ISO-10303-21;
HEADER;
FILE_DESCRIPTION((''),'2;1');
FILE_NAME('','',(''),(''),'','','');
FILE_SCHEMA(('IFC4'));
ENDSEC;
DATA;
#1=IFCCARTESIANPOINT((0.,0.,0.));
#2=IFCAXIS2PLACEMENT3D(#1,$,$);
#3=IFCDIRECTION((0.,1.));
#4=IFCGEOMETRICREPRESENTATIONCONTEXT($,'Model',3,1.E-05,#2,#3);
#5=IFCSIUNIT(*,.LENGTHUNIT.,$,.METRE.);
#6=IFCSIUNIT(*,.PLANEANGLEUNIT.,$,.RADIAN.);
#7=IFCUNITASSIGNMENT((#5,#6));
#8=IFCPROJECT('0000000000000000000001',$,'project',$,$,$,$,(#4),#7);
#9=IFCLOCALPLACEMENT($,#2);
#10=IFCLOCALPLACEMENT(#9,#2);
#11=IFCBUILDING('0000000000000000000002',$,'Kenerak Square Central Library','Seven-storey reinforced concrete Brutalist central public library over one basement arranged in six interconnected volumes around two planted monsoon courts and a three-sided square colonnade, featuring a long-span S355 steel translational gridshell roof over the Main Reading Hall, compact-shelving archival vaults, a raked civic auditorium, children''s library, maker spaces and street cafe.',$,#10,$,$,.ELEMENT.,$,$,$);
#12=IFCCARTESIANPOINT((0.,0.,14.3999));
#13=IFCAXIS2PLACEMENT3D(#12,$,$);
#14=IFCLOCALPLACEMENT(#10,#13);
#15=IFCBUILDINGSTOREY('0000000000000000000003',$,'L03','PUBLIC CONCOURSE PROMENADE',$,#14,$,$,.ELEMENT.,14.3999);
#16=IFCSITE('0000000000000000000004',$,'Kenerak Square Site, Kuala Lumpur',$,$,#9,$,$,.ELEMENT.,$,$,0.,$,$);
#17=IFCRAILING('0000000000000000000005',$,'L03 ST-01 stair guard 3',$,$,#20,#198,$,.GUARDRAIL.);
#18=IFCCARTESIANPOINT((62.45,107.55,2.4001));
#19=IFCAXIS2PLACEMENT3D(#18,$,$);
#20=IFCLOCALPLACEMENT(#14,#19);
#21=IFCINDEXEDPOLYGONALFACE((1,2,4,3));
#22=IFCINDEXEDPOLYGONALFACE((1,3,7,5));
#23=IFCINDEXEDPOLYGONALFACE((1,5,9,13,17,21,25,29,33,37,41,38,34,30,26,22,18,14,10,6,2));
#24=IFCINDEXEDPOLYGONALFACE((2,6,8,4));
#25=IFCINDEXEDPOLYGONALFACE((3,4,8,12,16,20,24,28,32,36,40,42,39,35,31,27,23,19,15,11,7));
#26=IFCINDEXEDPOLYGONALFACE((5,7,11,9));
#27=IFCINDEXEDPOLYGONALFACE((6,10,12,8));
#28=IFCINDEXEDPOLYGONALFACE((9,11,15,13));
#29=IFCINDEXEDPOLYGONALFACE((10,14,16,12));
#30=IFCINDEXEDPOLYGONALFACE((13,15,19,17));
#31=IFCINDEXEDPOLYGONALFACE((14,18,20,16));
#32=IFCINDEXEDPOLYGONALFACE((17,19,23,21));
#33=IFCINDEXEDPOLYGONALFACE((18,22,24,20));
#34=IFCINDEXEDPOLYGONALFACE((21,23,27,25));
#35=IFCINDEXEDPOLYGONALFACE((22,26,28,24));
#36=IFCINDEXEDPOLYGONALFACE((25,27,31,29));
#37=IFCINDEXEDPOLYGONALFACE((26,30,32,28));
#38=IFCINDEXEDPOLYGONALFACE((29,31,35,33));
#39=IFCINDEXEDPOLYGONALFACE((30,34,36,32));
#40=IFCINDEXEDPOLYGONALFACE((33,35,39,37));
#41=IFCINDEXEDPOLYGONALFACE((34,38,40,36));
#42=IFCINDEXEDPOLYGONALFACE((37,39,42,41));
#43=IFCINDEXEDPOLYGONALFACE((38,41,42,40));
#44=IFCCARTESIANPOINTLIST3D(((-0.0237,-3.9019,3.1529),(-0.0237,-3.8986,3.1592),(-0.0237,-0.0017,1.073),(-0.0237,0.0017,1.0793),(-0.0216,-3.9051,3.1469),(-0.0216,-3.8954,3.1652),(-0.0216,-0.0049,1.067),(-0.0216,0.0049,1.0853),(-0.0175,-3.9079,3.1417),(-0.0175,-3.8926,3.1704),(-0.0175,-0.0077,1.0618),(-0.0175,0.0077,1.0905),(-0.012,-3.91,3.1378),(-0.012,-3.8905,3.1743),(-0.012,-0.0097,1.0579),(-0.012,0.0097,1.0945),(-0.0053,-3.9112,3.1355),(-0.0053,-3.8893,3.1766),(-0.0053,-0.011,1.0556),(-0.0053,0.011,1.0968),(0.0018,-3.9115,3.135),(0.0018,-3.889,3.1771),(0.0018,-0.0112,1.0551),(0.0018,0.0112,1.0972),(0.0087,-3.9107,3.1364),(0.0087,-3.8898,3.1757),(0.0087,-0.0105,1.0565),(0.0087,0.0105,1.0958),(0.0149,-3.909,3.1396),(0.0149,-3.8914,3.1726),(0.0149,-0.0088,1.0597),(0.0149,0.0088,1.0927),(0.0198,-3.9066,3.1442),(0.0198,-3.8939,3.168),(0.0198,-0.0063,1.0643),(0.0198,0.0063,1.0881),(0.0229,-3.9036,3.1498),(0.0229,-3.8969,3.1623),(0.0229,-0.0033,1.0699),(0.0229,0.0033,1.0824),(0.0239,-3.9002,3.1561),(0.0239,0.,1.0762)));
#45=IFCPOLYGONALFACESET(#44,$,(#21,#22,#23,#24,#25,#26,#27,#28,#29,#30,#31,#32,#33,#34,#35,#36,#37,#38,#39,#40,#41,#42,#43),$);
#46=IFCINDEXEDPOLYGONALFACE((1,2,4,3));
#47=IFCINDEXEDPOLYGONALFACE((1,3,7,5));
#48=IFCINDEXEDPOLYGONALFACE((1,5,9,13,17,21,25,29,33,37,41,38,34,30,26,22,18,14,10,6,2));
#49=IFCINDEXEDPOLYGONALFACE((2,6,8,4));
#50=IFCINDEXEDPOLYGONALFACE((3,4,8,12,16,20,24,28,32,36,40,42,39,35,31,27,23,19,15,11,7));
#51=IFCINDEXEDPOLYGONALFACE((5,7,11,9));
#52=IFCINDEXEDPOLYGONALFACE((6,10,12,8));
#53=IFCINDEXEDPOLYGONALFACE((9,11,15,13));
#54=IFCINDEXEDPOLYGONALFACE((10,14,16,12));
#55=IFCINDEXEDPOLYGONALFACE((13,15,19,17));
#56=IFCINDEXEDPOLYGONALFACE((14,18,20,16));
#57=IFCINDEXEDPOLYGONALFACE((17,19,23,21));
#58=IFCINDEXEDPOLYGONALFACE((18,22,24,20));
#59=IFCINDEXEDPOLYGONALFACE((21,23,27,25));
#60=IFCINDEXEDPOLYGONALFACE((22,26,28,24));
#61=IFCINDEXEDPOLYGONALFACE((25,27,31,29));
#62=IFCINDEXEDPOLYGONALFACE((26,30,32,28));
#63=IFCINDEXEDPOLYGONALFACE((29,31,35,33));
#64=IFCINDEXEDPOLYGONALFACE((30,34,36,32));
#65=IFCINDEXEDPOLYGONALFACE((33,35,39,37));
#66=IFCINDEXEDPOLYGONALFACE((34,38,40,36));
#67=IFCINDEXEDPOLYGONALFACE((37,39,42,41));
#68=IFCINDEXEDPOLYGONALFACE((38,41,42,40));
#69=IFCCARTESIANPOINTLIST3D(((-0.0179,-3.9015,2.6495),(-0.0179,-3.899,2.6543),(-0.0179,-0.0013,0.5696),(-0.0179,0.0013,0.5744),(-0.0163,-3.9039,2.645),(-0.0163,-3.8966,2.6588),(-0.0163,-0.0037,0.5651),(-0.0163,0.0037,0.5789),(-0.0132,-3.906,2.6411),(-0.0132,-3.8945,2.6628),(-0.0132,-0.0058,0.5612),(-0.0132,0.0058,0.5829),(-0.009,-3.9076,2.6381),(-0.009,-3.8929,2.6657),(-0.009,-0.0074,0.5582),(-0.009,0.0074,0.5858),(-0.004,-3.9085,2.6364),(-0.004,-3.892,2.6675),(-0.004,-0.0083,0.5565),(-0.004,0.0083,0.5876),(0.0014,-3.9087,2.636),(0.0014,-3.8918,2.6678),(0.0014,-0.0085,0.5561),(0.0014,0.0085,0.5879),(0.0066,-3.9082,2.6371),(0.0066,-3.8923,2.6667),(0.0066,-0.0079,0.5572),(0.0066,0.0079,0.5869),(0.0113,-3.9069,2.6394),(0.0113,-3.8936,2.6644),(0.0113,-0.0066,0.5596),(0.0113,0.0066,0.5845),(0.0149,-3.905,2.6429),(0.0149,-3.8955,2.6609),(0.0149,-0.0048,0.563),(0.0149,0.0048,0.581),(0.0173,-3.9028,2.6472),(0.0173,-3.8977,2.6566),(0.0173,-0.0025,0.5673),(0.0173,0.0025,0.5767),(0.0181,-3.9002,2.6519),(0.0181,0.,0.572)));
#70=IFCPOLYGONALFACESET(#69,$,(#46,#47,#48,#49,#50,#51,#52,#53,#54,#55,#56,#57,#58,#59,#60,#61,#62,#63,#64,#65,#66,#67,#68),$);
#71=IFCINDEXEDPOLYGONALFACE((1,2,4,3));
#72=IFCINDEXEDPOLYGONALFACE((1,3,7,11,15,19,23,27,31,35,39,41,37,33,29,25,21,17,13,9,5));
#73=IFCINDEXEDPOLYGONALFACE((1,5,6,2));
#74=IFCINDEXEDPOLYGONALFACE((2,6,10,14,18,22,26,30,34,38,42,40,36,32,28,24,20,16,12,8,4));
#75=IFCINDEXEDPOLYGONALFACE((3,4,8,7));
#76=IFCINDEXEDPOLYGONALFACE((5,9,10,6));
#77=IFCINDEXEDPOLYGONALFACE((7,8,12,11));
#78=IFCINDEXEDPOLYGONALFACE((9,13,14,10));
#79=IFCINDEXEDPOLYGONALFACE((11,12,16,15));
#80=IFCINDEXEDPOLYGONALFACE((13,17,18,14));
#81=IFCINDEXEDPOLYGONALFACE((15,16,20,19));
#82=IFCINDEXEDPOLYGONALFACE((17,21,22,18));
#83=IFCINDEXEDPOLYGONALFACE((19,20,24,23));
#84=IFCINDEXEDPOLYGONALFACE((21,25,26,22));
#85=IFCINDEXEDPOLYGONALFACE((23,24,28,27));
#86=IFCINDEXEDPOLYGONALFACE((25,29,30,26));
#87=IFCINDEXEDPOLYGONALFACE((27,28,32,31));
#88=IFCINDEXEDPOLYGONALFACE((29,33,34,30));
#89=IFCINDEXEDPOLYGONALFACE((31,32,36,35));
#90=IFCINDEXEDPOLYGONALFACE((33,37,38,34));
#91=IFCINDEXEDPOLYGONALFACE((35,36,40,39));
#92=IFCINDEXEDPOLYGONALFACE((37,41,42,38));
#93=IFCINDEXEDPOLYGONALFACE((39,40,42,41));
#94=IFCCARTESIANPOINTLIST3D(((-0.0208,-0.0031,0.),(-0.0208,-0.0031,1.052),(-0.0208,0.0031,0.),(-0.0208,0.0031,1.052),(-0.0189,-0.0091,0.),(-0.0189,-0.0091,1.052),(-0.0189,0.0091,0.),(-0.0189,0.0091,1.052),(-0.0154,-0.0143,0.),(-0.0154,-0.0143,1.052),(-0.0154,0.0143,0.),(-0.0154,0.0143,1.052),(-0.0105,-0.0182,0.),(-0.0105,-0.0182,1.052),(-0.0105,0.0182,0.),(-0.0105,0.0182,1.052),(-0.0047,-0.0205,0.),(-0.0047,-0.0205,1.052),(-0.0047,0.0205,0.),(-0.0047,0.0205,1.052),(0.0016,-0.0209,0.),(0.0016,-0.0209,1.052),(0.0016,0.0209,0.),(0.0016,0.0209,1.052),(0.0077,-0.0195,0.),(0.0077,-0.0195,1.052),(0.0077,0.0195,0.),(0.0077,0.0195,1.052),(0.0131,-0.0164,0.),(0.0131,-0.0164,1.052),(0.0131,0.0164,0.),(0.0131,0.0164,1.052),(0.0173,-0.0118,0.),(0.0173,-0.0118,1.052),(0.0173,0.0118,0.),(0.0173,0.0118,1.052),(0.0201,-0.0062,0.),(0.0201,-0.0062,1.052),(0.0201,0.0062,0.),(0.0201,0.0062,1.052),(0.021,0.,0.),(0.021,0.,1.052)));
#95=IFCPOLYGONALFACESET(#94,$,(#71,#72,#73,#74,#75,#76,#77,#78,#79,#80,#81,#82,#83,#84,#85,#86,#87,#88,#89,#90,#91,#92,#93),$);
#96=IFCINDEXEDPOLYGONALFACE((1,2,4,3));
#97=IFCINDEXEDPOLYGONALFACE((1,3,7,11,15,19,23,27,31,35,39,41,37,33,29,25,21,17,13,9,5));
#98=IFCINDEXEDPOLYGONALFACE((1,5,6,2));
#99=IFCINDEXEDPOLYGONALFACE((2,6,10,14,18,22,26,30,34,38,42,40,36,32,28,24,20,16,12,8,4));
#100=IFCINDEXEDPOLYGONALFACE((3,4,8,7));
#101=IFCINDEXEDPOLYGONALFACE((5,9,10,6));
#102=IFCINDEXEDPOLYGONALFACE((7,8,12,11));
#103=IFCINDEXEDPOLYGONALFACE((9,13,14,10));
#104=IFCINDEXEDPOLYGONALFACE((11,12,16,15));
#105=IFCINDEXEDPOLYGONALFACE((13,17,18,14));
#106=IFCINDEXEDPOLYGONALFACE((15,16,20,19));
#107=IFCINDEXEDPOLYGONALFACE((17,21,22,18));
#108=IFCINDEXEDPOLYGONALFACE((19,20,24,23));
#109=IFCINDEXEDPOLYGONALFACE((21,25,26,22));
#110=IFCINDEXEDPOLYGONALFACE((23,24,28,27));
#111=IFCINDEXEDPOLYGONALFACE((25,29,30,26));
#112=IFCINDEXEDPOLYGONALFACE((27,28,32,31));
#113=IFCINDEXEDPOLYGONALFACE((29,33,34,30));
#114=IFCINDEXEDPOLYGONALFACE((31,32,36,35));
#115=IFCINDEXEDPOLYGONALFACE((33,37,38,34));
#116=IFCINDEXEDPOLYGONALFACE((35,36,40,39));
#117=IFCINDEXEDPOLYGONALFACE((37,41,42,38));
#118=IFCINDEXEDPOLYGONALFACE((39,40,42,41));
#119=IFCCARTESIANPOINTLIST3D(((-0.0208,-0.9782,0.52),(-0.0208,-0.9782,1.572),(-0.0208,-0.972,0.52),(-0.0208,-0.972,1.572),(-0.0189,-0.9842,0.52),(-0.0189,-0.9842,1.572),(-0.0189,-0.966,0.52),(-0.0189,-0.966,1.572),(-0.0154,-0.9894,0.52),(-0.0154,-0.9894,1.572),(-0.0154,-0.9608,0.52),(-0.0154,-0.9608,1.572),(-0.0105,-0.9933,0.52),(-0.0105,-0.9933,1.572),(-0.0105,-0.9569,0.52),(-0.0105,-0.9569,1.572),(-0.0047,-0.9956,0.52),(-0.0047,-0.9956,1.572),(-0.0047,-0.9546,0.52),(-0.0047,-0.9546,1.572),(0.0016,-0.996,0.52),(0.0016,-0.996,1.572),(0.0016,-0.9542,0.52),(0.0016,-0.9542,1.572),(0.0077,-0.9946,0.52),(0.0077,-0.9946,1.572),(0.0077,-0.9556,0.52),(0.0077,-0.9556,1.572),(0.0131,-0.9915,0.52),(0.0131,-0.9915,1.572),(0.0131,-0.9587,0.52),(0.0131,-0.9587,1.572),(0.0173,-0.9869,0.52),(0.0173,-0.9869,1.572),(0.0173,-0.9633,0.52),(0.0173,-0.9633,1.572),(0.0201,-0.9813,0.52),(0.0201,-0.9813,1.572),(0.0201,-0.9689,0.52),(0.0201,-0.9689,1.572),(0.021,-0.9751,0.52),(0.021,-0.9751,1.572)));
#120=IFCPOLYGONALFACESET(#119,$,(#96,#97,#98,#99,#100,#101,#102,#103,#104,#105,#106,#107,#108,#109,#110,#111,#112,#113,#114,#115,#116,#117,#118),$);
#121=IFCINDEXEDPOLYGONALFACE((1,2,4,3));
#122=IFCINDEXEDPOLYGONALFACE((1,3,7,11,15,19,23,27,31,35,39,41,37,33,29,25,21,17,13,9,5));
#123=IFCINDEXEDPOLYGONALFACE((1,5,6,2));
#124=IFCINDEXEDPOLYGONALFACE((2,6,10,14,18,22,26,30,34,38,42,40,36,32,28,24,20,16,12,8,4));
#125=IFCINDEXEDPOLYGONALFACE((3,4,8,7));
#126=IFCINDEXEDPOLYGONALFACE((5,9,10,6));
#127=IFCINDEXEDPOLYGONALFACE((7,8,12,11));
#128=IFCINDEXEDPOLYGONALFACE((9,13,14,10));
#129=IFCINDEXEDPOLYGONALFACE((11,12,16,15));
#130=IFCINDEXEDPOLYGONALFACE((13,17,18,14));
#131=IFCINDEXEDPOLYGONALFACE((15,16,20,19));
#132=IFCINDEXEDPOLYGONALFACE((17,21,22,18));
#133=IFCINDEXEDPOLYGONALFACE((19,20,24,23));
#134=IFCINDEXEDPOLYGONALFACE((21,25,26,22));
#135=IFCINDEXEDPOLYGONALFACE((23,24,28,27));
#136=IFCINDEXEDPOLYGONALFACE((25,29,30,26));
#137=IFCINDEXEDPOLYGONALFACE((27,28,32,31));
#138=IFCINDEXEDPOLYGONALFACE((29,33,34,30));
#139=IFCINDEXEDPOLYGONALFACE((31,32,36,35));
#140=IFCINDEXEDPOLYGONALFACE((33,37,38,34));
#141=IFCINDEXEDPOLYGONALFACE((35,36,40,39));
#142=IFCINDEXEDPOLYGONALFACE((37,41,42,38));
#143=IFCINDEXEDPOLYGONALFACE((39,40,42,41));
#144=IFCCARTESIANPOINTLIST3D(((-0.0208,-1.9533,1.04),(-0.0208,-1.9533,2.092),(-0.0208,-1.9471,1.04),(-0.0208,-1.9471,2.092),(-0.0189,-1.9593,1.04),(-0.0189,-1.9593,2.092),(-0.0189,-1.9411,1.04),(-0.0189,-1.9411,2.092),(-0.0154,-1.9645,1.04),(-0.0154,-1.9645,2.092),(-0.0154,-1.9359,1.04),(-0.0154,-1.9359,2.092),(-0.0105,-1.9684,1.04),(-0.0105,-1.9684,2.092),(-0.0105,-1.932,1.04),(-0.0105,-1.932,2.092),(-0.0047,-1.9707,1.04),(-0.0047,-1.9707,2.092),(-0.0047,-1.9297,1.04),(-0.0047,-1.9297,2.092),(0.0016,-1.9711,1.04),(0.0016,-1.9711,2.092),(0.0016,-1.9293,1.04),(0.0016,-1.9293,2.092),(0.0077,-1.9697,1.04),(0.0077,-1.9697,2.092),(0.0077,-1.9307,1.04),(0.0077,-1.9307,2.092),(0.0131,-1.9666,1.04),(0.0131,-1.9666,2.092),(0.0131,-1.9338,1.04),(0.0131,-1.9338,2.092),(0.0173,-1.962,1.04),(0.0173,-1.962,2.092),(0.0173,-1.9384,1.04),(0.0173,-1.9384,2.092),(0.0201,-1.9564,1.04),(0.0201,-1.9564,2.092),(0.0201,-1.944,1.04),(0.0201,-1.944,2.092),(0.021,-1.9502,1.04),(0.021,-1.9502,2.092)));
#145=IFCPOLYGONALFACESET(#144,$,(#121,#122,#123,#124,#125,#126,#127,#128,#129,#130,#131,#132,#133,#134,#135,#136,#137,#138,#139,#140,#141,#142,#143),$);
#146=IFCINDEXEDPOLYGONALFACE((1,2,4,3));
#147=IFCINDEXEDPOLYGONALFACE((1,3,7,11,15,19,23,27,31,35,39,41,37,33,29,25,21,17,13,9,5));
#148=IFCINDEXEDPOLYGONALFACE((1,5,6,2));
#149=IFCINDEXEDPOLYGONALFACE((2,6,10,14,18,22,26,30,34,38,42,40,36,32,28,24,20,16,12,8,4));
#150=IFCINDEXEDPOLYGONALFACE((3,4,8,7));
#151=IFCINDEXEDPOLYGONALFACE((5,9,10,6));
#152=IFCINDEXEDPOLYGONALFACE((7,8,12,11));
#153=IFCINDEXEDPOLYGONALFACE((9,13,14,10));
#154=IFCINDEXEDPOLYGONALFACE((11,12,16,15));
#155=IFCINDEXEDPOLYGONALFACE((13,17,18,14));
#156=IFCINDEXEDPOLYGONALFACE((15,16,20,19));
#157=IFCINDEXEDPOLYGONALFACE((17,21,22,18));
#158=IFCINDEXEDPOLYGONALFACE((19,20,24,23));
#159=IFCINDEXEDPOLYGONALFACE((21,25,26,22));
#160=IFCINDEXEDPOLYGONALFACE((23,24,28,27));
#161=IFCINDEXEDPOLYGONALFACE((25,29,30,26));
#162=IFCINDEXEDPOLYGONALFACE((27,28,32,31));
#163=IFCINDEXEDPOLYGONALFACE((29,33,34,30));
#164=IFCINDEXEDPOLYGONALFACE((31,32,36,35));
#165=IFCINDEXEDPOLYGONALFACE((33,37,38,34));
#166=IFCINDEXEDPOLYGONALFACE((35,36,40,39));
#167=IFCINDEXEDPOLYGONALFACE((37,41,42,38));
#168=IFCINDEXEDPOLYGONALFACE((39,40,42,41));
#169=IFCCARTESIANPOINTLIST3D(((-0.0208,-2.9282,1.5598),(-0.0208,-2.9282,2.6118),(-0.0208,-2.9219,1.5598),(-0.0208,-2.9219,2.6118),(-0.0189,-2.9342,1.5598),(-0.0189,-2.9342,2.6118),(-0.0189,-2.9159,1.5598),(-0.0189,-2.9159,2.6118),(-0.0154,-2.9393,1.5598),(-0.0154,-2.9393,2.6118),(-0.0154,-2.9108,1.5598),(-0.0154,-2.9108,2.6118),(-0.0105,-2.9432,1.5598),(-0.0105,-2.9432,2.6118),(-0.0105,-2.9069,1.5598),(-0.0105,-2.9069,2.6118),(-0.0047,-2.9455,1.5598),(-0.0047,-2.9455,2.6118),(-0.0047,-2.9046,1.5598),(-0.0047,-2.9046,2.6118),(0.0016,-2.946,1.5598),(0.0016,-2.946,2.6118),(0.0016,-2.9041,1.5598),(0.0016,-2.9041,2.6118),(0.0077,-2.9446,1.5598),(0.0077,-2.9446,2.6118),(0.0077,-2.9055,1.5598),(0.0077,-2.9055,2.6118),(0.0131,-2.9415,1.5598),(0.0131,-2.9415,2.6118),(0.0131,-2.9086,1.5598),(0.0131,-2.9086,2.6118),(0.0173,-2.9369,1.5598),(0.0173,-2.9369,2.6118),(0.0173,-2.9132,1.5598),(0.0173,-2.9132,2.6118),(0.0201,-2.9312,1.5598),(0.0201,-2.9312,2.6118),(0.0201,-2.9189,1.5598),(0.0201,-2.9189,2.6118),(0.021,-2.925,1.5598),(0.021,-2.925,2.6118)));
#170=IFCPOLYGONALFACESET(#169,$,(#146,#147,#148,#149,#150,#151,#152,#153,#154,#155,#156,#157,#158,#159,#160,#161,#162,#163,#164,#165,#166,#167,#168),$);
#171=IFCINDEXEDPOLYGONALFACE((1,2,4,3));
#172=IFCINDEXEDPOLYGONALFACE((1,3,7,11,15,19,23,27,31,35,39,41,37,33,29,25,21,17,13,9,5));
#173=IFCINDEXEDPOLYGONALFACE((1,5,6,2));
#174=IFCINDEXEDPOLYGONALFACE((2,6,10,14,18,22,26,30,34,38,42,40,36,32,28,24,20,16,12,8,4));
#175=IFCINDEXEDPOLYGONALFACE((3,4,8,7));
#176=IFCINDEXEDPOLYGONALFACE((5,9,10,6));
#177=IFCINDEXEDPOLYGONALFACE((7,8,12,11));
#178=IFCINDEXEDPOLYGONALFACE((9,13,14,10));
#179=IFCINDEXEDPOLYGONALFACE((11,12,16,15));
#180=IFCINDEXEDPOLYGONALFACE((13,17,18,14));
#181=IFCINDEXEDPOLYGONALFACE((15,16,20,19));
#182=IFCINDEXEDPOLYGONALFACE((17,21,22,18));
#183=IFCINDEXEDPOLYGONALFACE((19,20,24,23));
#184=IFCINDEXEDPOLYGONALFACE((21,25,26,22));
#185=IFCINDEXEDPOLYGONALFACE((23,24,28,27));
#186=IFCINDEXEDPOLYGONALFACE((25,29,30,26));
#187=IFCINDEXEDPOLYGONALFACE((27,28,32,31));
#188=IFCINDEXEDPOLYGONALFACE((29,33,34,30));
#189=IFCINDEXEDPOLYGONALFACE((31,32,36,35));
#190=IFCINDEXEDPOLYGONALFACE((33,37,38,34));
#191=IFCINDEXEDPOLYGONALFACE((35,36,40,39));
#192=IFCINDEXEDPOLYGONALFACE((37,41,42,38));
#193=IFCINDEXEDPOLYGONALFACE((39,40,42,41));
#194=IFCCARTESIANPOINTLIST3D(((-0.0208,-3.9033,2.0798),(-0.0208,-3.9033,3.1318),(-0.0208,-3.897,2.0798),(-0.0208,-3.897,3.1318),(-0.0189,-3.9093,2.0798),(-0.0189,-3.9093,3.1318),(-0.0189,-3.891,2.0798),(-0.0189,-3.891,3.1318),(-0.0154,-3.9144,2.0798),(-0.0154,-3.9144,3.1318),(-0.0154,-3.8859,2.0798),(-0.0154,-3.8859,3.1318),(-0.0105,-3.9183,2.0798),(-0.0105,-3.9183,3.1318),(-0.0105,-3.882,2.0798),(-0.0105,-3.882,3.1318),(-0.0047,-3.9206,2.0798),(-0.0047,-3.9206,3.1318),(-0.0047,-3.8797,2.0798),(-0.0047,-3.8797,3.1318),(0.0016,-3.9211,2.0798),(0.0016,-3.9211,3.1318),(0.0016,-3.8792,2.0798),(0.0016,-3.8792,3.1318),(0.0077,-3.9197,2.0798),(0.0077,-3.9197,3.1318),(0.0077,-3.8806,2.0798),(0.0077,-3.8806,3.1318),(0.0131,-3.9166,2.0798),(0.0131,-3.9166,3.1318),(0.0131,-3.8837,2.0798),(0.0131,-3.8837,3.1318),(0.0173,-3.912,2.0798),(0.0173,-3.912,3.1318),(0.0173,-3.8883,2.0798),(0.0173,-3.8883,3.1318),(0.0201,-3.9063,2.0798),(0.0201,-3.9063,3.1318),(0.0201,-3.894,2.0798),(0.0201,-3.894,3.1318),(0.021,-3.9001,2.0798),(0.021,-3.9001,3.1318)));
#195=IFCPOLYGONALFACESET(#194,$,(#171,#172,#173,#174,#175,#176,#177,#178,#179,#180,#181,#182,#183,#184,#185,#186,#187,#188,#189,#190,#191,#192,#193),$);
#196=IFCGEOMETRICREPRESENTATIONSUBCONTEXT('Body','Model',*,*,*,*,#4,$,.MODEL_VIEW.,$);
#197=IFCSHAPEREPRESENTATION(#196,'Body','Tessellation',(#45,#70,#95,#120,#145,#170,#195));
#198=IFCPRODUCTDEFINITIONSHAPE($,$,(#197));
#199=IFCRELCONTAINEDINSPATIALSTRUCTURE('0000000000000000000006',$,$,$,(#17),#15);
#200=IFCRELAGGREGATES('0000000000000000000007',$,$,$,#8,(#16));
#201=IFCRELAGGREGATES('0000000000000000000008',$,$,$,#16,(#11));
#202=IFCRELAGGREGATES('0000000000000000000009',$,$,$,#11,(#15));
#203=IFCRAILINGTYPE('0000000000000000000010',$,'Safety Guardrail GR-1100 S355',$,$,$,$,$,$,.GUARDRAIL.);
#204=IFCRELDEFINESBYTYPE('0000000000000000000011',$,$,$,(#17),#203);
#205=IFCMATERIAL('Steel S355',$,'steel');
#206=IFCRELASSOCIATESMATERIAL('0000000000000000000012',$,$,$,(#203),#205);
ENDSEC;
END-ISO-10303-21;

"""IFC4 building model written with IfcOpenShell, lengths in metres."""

from ifc_helpers import new_model, si_unit, direction, frame, origin, origin_2d, place, context, subcontext, project, spatial, circle, extrude, material, type_object, element, save


model = new_model("IFC4")

# Units and contexts
model_context = context("Model", 3, precision=1e-05, world=origin(), true_north=direction((0.0, 1.0)))
body_context = subcontext(model_context, "Body", "Model", "MODEL_VIEW")
ifc_project = project(units=[si_unit("LENGTHUNIT", "METRE"), si_unit("PLANEANGLEUNIT", "RADIAN")], contexts=[model_context])

# Site, building, storey
site_placement = place(None, origin())
site = spatial("IfcSite", under=ifc_project, at=site_placement, Name="Kenerak Square Site, Kuala Lumpur", CompositionType="ELEMENT", RefElevation=0.0)
building_placement = place(site_placement, origin())
building = spatial("IfcBuilding", under=site, at=building_placement, Name="Kenerak Square Central Library", Description="Seven-storey reinforced concrete Brutalist central public library over one basement arranged in six interconnected volumes around two planted monsoon courts and a three-sided square colonnade, featuring a long-span S355 steel translational gridshell roof over the Main Reading Hall, compact-shelving archival vaults, a raked civic auditorium, children's library, maker spaces and street cafe.", CompositionType="ELEMENT")
storey_placement = place(building_placement, frame((0.0, 0.0, 14.3999)))
storey = spatial("IfcBuildingStorey", under=building, at=storey_placement, Name="L03", Description="PUBLIC CONCOURSE PROMENADE", CompositionType="ELEMENT", Elevation=14.3999)

# Shared definitions
ifc_material_1 = material(Name="Steel S355", Category="steel")

# Railing
railing_type_1 = type_object("IfcRailingType", Name="Safety Guardrail GR-1100 S355", PredefinedType="GUARDRAIL", material=ifc_material_1)
railing_1_placement = place(storey_placement, frame((62.45, 107.55, 2.4001)))
element("IfcRailing", 1, at=railing_1_placement, inside=storey, type_object=railing_type_1, Name="L03 ST-01 stair guard 3", PredefinedType="GUARDRAIL", context=body_context, shape_type="SweptSolid", body=[
    extrude(circle(Radius=0.0239, at=origin_2d()), frame((0.0, 0.0, 1.0762), z_axis=(0.0, -0.882376, 0.470545), x_axis=(1.0, 0.0, 0.0)), (0.0, 0.0, 1.0), 4.4202),
    extrude(circle(Radius=0.0181, at=origin_2d()), frame((0.0, 0.0, 0.572), z_axis=(0.0, -0.882376, 0.470545), x_axis=(1.0, 0.0, 0.0)), (0.0, 0.0, 1.0), 4.4202),
    extrude(circle(Radius=0.021, at=origin_2d()), origin(), (0.0, 0.0, 1.0), 1.052),
    extrude(circle(Radius=0.021, at=origin_2d()), frame((0.0, -0.9751, 0.52)), (0.0, 0.0, 1.0), 1.052),
    extrude(circle(Radius=0.021, at=origin_2d()), frame((0.0, -1.9502, 1.04)), (0.0, 0.0, 1.0), 1.052),
    extrude(circle(Radius=0.021, at=origin_2d()), frame((0.0, -2.925, 1.5598)), (0.0, 0.0, 1.0), 1.052),
    extrude(circle(Radius=0.021, at=origin_2d()), frame((0.0, -3.9001, 2.0798)), (0.0, 0.0, 1.0), 1.052),
])

save(model, "model.ifc")
